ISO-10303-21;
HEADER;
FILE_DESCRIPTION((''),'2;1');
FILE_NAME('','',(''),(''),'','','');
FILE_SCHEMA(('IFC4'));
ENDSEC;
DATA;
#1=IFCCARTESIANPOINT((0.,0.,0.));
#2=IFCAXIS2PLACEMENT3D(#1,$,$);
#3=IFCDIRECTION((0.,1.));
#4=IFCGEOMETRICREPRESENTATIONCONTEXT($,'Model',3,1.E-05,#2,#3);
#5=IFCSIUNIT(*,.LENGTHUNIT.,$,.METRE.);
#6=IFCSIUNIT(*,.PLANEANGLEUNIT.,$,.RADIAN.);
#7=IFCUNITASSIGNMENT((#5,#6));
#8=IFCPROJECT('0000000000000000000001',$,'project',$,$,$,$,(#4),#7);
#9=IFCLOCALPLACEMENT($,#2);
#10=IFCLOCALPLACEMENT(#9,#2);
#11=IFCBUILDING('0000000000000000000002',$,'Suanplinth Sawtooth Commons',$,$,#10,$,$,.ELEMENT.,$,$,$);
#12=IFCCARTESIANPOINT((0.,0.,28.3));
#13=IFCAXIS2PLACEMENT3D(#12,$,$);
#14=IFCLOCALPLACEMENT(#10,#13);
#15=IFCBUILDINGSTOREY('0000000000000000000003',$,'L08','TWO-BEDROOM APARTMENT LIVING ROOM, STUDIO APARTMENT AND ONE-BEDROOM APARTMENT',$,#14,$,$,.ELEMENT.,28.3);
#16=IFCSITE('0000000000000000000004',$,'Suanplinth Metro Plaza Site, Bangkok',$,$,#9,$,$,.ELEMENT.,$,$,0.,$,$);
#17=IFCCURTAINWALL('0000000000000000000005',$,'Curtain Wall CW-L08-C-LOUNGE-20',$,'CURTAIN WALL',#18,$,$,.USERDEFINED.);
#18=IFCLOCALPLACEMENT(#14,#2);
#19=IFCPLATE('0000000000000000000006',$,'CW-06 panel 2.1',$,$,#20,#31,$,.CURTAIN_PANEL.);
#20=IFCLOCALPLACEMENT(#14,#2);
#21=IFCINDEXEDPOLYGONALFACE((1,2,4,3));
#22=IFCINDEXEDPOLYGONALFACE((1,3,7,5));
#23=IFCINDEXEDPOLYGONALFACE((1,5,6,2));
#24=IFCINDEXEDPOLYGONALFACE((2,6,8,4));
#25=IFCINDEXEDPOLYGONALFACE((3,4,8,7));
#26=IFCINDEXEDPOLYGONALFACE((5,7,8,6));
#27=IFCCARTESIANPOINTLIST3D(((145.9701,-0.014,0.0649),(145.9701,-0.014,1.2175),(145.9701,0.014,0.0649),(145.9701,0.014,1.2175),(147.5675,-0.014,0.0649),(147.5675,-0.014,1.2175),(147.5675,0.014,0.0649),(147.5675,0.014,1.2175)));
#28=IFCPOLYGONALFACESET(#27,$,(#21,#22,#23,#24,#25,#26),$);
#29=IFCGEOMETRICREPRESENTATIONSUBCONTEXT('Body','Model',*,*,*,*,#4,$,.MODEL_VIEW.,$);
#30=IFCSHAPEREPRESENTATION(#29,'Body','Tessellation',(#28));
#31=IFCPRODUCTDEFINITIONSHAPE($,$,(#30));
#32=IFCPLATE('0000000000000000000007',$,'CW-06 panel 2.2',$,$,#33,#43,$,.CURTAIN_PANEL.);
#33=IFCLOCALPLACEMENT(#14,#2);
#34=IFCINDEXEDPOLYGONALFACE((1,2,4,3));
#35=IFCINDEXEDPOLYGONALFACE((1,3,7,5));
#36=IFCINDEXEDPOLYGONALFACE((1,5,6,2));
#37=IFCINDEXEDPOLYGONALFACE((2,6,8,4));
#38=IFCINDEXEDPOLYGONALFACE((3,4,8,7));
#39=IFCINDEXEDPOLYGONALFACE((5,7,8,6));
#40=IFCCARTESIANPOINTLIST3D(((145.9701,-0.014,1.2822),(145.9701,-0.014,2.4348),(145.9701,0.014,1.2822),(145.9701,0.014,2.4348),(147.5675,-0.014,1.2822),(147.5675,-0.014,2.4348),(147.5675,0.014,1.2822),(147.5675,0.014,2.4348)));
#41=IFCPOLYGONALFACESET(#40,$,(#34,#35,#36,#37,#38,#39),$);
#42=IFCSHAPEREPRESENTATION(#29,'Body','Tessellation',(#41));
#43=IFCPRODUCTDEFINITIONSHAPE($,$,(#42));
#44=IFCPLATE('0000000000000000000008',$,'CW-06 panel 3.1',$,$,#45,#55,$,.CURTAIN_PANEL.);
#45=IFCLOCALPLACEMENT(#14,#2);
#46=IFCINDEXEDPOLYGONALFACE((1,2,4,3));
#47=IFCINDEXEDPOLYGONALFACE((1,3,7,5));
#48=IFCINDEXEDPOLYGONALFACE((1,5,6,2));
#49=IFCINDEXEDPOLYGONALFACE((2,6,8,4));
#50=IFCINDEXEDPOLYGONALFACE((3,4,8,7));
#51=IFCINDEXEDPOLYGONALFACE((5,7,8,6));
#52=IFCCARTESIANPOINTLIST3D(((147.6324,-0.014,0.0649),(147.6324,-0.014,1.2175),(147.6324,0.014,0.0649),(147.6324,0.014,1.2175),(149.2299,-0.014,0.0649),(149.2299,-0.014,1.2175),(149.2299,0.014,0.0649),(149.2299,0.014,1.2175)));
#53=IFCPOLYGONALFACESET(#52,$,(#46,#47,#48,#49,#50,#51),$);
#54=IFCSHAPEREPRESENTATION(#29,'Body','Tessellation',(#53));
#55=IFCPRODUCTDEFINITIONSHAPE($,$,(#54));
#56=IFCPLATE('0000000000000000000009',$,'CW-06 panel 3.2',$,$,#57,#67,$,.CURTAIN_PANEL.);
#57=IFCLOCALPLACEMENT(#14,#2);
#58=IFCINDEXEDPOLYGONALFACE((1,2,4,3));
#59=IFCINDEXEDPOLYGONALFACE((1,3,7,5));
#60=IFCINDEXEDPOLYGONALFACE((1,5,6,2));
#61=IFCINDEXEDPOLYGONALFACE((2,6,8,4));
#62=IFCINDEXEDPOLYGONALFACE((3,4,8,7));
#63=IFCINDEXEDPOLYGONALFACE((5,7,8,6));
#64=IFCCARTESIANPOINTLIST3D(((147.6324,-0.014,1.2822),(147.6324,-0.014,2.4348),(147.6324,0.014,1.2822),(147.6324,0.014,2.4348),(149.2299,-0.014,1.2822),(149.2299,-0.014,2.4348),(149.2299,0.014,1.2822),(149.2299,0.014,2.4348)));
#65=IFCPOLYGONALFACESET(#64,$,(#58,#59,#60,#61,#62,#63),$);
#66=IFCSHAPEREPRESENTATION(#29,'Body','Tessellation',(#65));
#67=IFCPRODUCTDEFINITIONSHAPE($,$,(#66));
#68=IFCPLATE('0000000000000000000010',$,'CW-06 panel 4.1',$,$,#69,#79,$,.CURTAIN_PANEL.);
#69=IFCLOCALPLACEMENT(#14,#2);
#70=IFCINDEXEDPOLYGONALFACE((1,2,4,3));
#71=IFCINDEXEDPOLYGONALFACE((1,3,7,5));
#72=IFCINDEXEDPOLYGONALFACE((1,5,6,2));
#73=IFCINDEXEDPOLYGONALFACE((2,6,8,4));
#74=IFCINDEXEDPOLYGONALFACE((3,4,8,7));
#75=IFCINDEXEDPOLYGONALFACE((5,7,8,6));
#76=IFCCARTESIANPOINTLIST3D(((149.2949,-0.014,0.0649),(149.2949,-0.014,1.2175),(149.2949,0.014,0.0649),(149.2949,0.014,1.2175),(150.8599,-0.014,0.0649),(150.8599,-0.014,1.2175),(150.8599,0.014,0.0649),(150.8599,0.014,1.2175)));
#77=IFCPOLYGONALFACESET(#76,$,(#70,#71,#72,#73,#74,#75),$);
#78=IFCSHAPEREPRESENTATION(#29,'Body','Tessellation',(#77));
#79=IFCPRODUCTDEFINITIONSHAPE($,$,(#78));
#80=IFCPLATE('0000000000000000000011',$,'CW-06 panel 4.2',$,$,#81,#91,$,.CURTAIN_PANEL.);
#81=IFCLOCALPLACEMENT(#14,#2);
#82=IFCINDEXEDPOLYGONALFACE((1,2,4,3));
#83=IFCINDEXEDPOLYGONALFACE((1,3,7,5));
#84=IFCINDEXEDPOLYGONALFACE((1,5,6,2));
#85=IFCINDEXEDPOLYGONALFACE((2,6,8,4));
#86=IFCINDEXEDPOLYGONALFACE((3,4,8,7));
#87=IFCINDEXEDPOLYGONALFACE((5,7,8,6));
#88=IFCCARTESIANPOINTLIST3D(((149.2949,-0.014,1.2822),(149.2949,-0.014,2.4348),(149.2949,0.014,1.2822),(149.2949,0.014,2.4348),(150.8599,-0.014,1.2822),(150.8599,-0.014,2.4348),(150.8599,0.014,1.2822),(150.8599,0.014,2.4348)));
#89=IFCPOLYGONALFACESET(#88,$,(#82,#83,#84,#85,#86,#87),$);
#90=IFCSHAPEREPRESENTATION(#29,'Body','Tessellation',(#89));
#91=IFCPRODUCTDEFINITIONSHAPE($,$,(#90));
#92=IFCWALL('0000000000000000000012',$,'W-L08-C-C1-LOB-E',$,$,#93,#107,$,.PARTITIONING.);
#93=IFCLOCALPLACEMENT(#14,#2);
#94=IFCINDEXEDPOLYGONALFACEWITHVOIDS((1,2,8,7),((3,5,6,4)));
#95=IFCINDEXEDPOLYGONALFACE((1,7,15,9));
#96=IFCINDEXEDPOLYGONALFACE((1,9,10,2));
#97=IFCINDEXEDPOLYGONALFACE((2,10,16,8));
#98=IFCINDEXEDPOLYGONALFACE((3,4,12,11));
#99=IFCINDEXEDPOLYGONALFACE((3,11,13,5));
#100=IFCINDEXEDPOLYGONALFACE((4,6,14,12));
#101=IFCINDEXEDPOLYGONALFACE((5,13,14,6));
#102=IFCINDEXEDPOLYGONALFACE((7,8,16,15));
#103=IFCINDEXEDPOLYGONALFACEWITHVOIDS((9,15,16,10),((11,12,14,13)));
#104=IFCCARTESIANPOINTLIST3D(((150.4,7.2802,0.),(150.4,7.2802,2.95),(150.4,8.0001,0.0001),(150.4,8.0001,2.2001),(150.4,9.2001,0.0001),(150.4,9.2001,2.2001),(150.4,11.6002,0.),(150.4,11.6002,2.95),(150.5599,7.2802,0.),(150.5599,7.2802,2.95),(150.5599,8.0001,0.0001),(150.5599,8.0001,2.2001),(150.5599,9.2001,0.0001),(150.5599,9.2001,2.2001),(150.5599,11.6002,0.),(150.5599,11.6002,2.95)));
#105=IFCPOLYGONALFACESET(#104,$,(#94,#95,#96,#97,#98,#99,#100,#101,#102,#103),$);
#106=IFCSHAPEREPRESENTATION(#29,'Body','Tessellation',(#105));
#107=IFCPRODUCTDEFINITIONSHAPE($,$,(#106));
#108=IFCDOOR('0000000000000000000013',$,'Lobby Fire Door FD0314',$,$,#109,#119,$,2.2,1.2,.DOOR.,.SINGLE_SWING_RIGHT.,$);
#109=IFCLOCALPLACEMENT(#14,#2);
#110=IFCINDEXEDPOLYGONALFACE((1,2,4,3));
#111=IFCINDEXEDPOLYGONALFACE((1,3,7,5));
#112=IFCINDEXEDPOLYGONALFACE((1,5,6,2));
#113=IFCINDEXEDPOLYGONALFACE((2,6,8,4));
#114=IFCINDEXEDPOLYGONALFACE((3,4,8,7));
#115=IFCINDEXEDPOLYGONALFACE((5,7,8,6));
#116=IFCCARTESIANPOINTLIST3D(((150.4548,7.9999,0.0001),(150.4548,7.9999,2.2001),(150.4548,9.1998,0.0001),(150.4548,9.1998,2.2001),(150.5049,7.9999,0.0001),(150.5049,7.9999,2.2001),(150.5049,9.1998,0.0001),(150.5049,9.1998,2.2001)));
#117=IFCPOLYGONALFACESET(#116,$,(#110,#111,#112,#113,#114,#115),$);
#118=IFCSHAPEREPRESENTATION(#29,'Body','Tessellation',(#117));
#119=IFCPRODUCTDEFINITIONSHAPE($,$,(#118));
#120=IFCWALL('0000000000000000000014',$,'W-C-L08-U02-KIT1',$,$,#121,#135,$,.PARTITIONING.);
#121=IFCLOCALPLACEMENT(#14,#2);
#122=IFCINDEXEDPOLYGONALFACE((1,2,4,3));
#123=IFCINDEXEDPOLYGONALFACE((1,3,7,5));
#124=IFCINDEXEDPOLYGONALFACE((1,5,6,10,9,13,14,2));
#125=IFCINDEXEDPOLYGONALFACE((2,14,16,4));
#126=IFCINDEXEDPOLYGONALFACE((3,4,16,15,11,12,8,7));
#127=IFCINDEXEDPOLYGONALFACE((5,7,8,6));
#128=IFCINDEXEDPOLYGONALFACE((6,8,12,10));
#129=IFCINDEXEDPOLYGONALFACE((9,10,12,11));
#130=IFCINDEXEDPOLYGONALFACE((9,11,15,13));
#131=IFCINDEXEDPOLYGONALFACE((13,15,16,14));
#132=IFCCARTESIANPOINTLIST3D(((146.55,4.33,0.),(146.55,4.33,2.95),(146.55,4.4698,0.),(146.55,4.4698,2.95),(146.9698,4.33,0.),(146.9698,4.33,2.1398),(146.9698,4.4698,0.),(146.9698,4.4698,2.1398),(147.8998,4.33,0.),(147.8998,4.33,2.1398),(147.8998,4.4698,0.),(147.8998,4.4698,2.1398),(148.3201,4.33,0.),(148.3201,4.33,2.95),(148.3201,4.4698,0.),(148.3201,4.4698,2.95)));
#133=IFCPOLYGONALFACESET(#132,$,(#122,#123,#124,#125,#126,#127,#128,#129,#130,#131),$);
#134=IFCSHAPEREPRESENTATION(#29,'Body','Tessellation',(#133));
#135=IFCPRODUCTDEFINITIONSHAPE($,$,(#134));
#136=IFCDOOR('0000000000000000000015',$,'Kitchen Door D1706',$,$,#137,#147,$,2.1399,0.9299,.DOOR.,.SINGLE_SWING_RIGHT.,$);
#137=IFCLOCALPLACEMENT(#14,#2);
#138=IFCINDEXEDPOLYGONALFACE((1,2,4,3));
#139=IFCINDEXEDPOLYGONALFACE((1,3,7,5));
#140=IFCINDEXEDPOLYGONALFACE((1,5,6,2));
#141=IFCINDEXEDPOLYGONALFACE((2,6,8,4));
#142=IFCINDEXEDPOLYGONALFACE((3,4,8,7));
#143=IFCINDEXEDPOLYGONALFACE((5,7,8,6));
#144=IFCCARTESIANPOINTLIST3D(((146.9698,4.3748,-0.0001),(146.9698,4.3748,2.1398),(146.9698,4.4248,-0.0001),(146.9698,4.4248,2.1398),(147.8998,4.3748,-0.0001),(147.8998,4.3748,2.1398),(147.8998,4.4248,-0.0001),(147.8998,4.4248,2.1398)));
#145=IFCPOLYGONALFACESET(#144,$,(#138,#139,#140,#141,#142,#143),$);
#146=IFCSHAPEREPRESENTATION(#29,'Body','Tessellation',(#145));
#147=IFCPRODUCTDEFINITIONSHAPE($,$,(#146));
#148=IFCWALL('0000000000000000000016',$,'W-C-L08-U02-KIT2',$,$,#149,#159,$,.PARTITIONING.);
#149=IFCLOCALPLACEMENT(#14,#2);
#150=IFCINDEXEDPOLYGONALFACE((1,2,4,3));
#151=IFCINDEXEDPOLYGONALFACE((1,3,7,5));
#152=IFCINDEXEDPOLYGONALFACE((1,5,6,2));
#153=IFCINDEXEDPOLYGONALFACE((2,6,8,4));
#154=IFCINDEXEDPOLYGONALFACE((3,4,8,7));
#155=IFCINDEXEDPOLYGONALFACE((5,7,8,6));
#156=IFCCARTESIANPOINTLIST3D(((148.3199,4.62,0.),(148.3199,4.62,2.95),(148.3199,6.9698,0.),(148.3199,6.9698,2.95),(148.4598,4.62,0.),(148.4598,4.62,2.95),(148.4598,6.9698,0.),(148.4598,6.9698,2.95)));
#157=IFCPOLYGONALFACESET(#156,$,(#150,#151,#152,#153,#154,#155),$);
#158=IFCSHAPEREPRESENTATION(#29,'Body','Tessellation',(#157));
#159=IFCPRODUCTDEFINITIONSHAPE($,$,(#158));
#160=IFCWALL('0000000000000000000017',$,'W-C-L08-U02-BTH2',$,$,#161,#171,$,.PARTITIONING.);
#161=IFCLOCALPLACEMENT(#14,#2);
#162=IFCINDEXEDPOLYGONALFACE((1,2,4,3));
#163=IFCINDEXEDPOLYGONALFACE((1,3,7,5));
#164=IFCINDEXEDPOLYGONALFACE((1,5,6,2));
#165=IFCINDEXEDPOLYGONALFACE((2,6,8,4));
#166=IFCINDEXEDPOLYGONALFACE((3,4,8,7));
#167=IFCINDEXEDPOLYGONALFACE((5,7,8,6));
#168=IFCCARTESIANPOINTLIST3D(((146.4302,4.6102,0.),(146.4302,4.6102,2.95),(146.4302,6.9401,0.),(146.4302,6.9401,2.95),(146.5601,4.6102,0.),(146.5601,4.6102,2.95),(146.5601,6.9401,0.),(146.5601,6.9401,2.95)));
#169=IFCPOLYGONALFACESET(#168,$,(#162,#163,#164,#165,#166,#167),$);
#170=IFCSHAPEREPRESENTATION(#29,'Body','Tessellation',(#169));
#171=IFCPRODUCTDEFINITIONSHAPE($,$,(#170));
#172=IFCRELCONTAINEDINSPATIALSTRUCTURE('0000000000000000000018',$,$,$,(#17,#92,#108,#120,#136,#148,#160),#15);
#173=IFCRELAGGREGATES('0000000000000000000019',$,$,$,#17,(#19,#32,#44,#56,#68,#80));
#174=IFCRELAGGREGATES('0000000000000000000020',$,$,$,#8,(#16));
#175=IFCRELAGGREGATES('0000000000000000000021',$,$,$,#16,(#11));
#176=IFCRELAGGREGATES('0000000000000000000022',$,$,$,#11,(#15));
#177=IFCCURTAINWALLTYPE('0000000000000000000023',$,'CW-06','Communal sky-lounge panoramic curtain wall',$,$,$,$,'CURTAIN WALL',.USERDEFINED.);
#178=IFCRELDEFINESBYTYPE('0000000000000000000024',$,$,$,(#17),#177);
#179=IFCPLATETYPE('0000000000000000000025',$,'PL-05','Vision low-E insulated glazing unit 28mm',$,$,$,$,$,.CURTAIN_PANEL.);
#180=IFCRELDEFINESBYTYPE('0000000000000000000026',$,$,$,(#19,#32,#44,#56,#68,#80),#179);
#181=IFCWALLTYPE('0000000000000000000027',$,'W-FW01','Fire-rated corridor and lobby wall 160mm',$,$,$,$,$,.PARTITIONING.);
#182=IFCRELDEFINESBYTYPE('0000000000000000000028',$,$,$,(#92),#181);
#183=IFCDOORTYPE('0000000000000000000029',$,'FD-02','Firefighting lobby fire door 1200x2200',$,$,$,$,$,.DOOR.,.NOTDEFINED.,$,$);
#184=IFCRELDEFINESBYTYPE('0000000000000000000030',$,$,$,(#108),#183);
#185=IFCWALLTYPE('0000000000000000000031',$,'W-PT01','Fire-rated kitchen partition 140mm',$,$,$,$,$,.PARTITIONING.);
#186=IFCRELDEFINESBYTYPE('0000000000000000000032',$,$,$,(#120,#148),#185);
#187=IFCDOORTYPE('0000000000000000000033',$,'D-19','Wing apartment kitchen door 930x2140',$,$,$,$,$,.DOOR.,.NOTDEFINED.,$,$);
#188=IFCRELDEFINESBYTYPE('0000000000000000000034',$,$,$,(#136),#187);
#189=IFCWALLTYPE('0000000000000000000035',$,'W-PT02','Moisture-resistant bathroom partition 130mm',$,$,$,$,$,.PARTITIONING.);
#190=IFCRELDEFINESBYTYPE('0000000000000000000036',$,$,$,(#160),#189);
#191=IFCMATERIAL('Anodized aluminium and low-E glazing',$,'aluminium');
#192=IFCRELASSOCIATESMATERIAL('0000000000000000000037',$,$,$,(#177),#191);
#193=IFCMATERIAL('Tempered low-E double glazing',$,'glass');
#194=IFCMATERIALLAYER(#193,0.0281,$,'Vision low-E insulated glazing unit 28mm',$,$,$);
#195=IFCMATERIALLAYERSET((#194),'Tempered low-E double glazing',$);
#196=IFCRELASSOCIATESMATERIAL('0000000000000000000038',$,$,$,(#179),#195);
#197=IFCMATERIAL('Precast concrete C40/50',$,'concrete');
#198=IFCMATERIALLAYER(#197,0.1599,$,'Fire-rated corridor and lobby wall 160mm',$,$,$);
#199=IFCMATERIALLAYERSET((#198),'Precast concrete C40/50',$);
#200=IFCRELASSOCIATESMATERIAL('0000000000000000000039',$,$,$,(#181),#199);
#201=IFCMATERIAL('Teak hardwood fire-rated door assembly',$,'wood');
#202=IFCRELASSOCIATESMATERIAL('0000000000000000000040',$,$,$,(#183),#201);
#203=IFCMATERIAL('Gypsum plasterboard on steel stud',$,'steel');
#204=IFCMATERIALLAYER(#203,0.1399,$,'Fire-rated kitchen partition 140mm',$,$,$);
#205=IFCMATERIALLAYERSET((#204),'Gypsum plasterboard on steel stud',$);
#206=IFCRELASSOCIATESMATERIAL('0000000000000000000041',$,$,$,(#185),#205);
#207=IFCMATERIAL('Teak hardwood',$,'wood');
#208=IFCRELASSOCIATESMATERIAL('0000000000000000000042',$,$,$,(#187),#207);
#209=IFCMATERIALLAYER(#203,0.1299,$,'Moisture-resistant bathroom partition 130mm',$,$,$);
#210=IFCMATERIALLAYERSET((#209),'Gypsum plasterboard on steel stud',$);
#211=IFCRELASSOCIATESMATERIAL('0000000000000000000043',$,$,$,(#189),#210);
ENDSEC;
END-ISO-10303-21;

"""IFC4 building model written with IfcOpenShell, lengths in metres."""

from ifc_helpers import new_model, si_unit, direction, frame, frame_2d, origin, origin_2d, place, context, subcontext, project, spatial, rectangle, extrude, material, layer, layer_set, type_object, element, fill, aggregate, save


model = new_model("IFC4")

# Units and contexts
model_context = context("Model", 3, precision=1e-05, world=origin(), true_north=direction((0.0, 1.0)))
body_context = subcontext(model_context, "Body", "Model", "MODEL_VIEW")
ifc_project = project(units=[si_unit("LENGTHUNIT", "METRE"), si_unit("PLANEANGLEUNIT", "RADIAN")], contexts=[model_context])

# Site, building, storey
site_placement = place(None, origin())
site = spatial("IfcSite", under=ifc_project, at=site_placement, Name="Suanplinth Metro Plaza Site, Bangkok", CompositionType="ELEMENT", RefElevation=0.0)
building_placement = place(site_placement, origin())
building = spatial("IfcBuilding", under=site, at=building_placement, Name="Suanplinth Sawtooth Commons", CompositionType="ELEMENT")
storey_placement = place(building_placement, frame((0.0, 0.0, 28.3)))
storey = spatial("IfcBuildingStorey", under=building, at=storey_placement, Name="L08", Description="TWO-BEDROOM APARTMENT LIVING ROOM, STUDIO APARTMENT AND ONE-BEDROOM APARTMENT", CompositionType="ELEMENT", Elevation=28.3)

# Curtain wall, plates
ifc_material_1 = material(Name="Anodized aluminium and low-E glazing", Category="aluminium")
curtain_wall_type = type_object("IfcCurtainWallType", Name="CW-06", Description="Communal sky-lounge panoramic curtain wall", ElementType="CURTAIN WALL", PredefinedType="USERDEFINED", material=ifc_material_1)
curtain_wall_placement = place(storey_placement, origin())
curtain_wall = element("IfcCurtainWall", 1, at=curtain_wall_placement, inside=storey, type_object=curtain_wall_type, Name="Curtain Wall CW-L08-C-LOUNGE-20", ObjectType="CURTAIN WALL", PredefinedType="USERDEFINED")
ifc_material_2 = material(Name="Tempered low-E double glazing", Category="glass")
ifc_layer_1 = layer(ifc_material_2, 0.0281, Name="Vision low-E insulated glazing unit 28mm")
ifc_layer_set_1 = layer_set([ifc_layer_1], Name="Tempered low-E double glazing")
plate_type = type_object("IfcPlateType", Name="PL-05", Description="Vision low-E insulated glazing unit 28mm", PredefinedType="CURTAIN_PANEL", material=ifc_layer_set_1)
plate_1_placement = place(storey_placement, frame((146.7688, 0.0, 0.0649), z_axis=(0.0, 0.0, 1.0), x_axis=(1.0, 0.0, 0.0)))
plate_1 = element("IfcPlate", 2, at=plate_1_placement, type_object=plate_type, Name="CW-06 panel 2.1", PredefinedType="CURTAIN_PANEL", context=body_context, shape_type="SweptSolid", body=[
    extrude(rectangle(XDim=1.5974, YDim=0.0281, at=origin_2d()), origin(), (0.0, 0.0, 1.0), 1.1526),
])
plate_2_placement = place(storey_placement, frame((146.7688, 0.0, 1.2822), z_axis=(0.0, 0.0, 1.0), x_axis=(1.0, 0.0, 0.0)))
plate_2 = element("IfcPlate", 3, at=plate_2_placement, type_object=plate_type, Name="CW-06 panel 2.2", PredefinedType="CURTAIN_PANEL", context=body_context, shape_type="SweptSolid", body=[
    extrude(rectangle(XDim=1.5974, YDim=0.0281, at=origin_2d()), origin(), (0.0, 0.0, 1.0), 1.1526),
])
plate_3_placement = place(storey_placement, frame((148.4312, 0.0, 0.0649), z_axis=(0.0, 0.0, 1.0), x_axis=(1.0, 0.0, 0.0)))
plate_3 = element("IfcPlate", 4, at=plate_3_placement, type_object=plate_type, Name="CW-06 panel 3.1", PredefinedType="CURTAIN_PANEL", context=body_context, shape_type="SweptSolid", body=[
    extrude(rectangle(XDim=1.5974, YDim=0.0281, at=origin_2d()), origin(), (0.0, 0.0, 1.0), 1.1526),
])
plate_4_placement = place(storey_placement, frame((148.4312, 0.0, 1.2822), z_axis=(0.0, 0.0, 1.0), x_axis=(1.0, 0.0, 0.0)))
plate_4 = element("IfcPlate", 5, at=plate_4_placement, type_object=plate_type, Name="CW-06 panel 3.2", PredefinedType="CURTAIN_PANEL", context=body_context, shape_type="SweptSolid", body=[
    extrude(rectangle(XDim=1.5974, YDim=0.0281, at=origin_2d()), origin(), (0.0, 0.0, 1.0), 1.1526),
])
plate_5_placement = place(storey_placement, frame((150.0774, 0.0, 0.0649), z_axis=(0.0, 0.0, 1.0), x_axis=(1.0, 0.0, 0.0)))
plate_5 = element("IfcPlate", 6, at=plate_5_placement, type_object=plate_type, Name="CW-06 panel 4.1", PredefinedType="CURTAIN_PANEL", context=body_context, shape_type="SweptSolid", body=[
    extrude(rectangle(XDim=1.5649, YDim=0.0281, at=origin_2d()), origin(), (0.0, 0.0, 1.0), 1.1526),
])
plate_6_placement = place(storey_placement, frame((150.0774, 0.0, 1.2822), z_axis=(0.0, 0.0, 1.0), x_axis=(1.0, 0.0, 0.0)))
plate_6 = element("IfcPlate", 7, at=plate_6_placement, type_object=plate_type, Name="CW-06 panel 4.2", PredefinedType="CURTAIN_PANEL", context=body_context, shape_type="SweptSolid", body=[
    extrude(rectangle(XDim=1.5649, YDim=0.0281, at=origin_2d()), origin(), (0.0, 0.0, 1.0), 1.1526),
])
aggregate(curtain_wall, [plate_1, plate_2, plate_3, plate_4, plate_5, plate_6])

# Walls, openings, doors
ifc_material_3 = material(Name="Precast concrete C40/50", Category="concrete")
ifc_layer_2 = layer(ifc_material_3, 0.1599, Name="Fire-rated corridor and lobby wall 160mm")
ifc_layer_set_2 = layer_set([ifc_layer_2], Name="Precast concrete C40/50")
wall_type_1 = type_object("IfcWallType", Name="W-FW01", Description="Fire-rated corridor and lobby wall 160mm", PredefinedType="PARTITIONING", material=ifc_layer_set_2)
wall_1_placement = place(storey_placement, frame((150.48, 7.28, 0.0), z_axis=(0.0, 0.0, 1.0), x_axis=(0.0, 1.0, 0.0)))
wall_1 = element("IfcWall", 8, at=wall_1_placement, inside=storey, type_object=wall_type_1, Name="W-L08-C-C1-LOB-E", PredefinedType="PARTITIONING", context=body_context, shape_type="SweptSolid", body=[
    extrude(rectangle(XDim=4.3201, YDim=0.1599, at=frame_2d((2.1602, 0.0))), origin(), (0.0, 0.0, 1.0), 2.95),
])
opening_1_placement = place(wall_1_placement, frame((0.72, 0.0, 0.0)))
opening_1 = element("IfcOpeningElement", 9, at=opening_1_placement, cuts=wall_1, PredefinedType="OPENING", context=body_context, shape_type="SweptSolid", body=[
    extrude(rectangle(XDim=1.2, YDim=2.2, at=frame_2d((0.6001, 1.1001))), frame((0.0, 0.0947, 0.0), z_axis=(0.0, -1.0, 0.0), x_axis=(1.0, 0.0, 0.0)), (0.0, 0.0, 1.0), 0.1897),
])
ifc_material_4 = material(Name="Teak hardwood fire-rated door assembly", Category="wood")
door_type_1 = type_object("IfcDoorType", Name="FD-02", Description="Firefighting lobby fire door 1200x2200", OperationType="NOTDEFINED", PredefinedType="DOOR", material=ifc_material_4)
door_1_placement = place(opening_1_placement, frame((1.2, 0.0, 0.0), z_axis=(0.0, 0.0, 1.0), x_axis=(-1.0, 0.0, 0.0)))
door_1 = element("IfcDoor", 10, at=door_1_placement, inside=storey, type_object=door_type_1, Name="Lobby Fire Door FD0314", OperationType="SINGLE_SWING_RIGHT", OverallHeight=2.2, OverallWidth=1.2, PredefinedType="DOOR", context=body_context, shape_type="SweptSolid", body=[
    extrude(rectangle(XDim=1.2, YDim=2.2, at=frame_2d((0.6001, 1.1001))), frame((0.0, 0.0249, 0.0), z_axis=(0.0, -1.0, 0.0), x_axis=(1.0, 0.0, 0.0)), (0.0, 0.0, 1.0), 0.05),
])
fill(opening_1, door_1)
ifc_material_5 = material(Name="Gypsum plasterboard on steel stud", Category="steel")
ifc_layer_3 = layer(ifc_material_5, 0.1399, Name="Fire-rated kitchen partition 140mm")
ifc_layer_set_3 = layer_set([ifc_layer_3], Name="Gypsum plasterboard on steel stud")
wall_type_2 = type_object("IfcWallType", Name="W-PT01", Description="Fire-rated kitchen partition 140mm", PredefinedType="PARTITIONING", material=ifc_layer_set_3)
wall_2_placement = place(storey_placement, frame((146.55, 4.3999, 0.0), z_axis=(0.0, 0.0, 1.0), x_axis=(1.0, 0.0, 0.0)))
wall_2 = element("IfcWall", 11, at=wall_2_placement, inside=storey, type_object=wall_type_2, Name="W-C-L08-U02-KIT1", PredefinedType="PARTITIONING", context=body_context, shape_type="SweptSolid", body=[
    extrude(rectangle(XDim=1.77, YDim=0.1399, at=frame_2d((0.885, 0.0))), origin(), (0.0, 0.0, 1.0), 2.95),
])
opening_2_placement = place(wall_2_placement, frame((0.4199, 0.0, 0.0)))
opening_2 = element("IfcOpeningElement", 12, at=opening_2_placement, cuts=wall_2, PredefinedType="OPENING", context=body_context, shape_type="SweptSolid", body=[
    extrude(rectangle(XDim=0.9299, YDim=2.1399, at=frame_2d((0.4648, 1.0698))), frame((0.0, 0.085, 0.0), z_axis=(0.0, -1.0, 0.0), x_axis=(1.0, 0.0, 0.0)), (0.0, 0.0, 1.0), 0.1697),
])
ifc_material_6 = material(Name="Teak hardwood", Category="wood")
door_type_2 = type_object("IfcDoorType", Name="D-19", Description="Wing apartment kitchen door 930x2140", OperationType="NOTDEFINED", PredefinedType="DOOR", material=ifc_material_6)
door_2_placement = place(opening_2_placement, origin())
door_2 = element("IfcDoor", 13, at=door_2_placement, inside=storey, type_object=door_type_2, Name="Kitchen Door D1706", OperationType="SINGLE_SWING_RIGHT", OverallHeight=2.1399, OverallWidth=0.9299, PredefinedType="DOOR", context=body_context, shape_type="SweptSolid", body=[
    extrude(rectangle(XDim=0.9299, YDim=2.1399, at=frame_2d((0.4648, 1.0698))), frame((0.0, 0.0249, 0.0), z_axis=(0.0, -1.0, 0.0), x_axis=(1.0, 0.0, 0.0)), (0.0, 0.0, 1.0), 0.05),
])
fill(opening_2, door_2)

# Walls
wall_3_placement = place(storey_placement, frame((148.3899, 4.6201, 0.0), z_axis=(0.0, 0.0, 1.0), x_axis=(0.0, 1.0, 0.0)))
element("IfcWall", 14, at=wall_3_placement, inside=storey, type_object=wall_type_2, Name="W-C-L08-U02-KIT2", PredefinedType="PARTITIONING", context=body_context, shape_type="SweptSolid", body=[
    extrude(rectangle(XDim=2.3499, YDim=0.1399, at=frame_2d((1.1748, 0.0))), origin(), (0.0, 0.0, 1.0), 2.95),
])
ifc_layer_4 = layer(ifc_material_5, 0.1299, Name="Moisture-resistant bathroom partition 130mm")
ifc_layer_set_4 = layer_set([ifc_layer_4], Name="Gypsum plasterboard on steel stud")
wall_type_3 = type_object("IfcWallType", Name="W-PT02", Description="Moisture-resistant bathroom partition 130mm", PredefinedType="PARTITIONING", material=ifc_layer_set_4)
wall_4_placement = place(storey_placement, frame((146.4951, 4.6101, 0.0), z_axis=(0.0, 0.0, 1.0), x_axis=(0.0, 1.0, 0.0)))
element("IfcWall", 15, at=wall_4_placement, inside=storey, type_object=wall_type_3, Name="W-C-L08-U02-BTH2", PredefinedType="PARTITIONING", context=body_context, shape_type="SweptSolid", body=[
    extrude(rectangle(XDim=2.3298, YDim=0.1299, at=frame_2d((1.165, 0.0))), origin(), (0.0, 0.0, 1.0), 2.95),
])

save(model, "model.ifc")
